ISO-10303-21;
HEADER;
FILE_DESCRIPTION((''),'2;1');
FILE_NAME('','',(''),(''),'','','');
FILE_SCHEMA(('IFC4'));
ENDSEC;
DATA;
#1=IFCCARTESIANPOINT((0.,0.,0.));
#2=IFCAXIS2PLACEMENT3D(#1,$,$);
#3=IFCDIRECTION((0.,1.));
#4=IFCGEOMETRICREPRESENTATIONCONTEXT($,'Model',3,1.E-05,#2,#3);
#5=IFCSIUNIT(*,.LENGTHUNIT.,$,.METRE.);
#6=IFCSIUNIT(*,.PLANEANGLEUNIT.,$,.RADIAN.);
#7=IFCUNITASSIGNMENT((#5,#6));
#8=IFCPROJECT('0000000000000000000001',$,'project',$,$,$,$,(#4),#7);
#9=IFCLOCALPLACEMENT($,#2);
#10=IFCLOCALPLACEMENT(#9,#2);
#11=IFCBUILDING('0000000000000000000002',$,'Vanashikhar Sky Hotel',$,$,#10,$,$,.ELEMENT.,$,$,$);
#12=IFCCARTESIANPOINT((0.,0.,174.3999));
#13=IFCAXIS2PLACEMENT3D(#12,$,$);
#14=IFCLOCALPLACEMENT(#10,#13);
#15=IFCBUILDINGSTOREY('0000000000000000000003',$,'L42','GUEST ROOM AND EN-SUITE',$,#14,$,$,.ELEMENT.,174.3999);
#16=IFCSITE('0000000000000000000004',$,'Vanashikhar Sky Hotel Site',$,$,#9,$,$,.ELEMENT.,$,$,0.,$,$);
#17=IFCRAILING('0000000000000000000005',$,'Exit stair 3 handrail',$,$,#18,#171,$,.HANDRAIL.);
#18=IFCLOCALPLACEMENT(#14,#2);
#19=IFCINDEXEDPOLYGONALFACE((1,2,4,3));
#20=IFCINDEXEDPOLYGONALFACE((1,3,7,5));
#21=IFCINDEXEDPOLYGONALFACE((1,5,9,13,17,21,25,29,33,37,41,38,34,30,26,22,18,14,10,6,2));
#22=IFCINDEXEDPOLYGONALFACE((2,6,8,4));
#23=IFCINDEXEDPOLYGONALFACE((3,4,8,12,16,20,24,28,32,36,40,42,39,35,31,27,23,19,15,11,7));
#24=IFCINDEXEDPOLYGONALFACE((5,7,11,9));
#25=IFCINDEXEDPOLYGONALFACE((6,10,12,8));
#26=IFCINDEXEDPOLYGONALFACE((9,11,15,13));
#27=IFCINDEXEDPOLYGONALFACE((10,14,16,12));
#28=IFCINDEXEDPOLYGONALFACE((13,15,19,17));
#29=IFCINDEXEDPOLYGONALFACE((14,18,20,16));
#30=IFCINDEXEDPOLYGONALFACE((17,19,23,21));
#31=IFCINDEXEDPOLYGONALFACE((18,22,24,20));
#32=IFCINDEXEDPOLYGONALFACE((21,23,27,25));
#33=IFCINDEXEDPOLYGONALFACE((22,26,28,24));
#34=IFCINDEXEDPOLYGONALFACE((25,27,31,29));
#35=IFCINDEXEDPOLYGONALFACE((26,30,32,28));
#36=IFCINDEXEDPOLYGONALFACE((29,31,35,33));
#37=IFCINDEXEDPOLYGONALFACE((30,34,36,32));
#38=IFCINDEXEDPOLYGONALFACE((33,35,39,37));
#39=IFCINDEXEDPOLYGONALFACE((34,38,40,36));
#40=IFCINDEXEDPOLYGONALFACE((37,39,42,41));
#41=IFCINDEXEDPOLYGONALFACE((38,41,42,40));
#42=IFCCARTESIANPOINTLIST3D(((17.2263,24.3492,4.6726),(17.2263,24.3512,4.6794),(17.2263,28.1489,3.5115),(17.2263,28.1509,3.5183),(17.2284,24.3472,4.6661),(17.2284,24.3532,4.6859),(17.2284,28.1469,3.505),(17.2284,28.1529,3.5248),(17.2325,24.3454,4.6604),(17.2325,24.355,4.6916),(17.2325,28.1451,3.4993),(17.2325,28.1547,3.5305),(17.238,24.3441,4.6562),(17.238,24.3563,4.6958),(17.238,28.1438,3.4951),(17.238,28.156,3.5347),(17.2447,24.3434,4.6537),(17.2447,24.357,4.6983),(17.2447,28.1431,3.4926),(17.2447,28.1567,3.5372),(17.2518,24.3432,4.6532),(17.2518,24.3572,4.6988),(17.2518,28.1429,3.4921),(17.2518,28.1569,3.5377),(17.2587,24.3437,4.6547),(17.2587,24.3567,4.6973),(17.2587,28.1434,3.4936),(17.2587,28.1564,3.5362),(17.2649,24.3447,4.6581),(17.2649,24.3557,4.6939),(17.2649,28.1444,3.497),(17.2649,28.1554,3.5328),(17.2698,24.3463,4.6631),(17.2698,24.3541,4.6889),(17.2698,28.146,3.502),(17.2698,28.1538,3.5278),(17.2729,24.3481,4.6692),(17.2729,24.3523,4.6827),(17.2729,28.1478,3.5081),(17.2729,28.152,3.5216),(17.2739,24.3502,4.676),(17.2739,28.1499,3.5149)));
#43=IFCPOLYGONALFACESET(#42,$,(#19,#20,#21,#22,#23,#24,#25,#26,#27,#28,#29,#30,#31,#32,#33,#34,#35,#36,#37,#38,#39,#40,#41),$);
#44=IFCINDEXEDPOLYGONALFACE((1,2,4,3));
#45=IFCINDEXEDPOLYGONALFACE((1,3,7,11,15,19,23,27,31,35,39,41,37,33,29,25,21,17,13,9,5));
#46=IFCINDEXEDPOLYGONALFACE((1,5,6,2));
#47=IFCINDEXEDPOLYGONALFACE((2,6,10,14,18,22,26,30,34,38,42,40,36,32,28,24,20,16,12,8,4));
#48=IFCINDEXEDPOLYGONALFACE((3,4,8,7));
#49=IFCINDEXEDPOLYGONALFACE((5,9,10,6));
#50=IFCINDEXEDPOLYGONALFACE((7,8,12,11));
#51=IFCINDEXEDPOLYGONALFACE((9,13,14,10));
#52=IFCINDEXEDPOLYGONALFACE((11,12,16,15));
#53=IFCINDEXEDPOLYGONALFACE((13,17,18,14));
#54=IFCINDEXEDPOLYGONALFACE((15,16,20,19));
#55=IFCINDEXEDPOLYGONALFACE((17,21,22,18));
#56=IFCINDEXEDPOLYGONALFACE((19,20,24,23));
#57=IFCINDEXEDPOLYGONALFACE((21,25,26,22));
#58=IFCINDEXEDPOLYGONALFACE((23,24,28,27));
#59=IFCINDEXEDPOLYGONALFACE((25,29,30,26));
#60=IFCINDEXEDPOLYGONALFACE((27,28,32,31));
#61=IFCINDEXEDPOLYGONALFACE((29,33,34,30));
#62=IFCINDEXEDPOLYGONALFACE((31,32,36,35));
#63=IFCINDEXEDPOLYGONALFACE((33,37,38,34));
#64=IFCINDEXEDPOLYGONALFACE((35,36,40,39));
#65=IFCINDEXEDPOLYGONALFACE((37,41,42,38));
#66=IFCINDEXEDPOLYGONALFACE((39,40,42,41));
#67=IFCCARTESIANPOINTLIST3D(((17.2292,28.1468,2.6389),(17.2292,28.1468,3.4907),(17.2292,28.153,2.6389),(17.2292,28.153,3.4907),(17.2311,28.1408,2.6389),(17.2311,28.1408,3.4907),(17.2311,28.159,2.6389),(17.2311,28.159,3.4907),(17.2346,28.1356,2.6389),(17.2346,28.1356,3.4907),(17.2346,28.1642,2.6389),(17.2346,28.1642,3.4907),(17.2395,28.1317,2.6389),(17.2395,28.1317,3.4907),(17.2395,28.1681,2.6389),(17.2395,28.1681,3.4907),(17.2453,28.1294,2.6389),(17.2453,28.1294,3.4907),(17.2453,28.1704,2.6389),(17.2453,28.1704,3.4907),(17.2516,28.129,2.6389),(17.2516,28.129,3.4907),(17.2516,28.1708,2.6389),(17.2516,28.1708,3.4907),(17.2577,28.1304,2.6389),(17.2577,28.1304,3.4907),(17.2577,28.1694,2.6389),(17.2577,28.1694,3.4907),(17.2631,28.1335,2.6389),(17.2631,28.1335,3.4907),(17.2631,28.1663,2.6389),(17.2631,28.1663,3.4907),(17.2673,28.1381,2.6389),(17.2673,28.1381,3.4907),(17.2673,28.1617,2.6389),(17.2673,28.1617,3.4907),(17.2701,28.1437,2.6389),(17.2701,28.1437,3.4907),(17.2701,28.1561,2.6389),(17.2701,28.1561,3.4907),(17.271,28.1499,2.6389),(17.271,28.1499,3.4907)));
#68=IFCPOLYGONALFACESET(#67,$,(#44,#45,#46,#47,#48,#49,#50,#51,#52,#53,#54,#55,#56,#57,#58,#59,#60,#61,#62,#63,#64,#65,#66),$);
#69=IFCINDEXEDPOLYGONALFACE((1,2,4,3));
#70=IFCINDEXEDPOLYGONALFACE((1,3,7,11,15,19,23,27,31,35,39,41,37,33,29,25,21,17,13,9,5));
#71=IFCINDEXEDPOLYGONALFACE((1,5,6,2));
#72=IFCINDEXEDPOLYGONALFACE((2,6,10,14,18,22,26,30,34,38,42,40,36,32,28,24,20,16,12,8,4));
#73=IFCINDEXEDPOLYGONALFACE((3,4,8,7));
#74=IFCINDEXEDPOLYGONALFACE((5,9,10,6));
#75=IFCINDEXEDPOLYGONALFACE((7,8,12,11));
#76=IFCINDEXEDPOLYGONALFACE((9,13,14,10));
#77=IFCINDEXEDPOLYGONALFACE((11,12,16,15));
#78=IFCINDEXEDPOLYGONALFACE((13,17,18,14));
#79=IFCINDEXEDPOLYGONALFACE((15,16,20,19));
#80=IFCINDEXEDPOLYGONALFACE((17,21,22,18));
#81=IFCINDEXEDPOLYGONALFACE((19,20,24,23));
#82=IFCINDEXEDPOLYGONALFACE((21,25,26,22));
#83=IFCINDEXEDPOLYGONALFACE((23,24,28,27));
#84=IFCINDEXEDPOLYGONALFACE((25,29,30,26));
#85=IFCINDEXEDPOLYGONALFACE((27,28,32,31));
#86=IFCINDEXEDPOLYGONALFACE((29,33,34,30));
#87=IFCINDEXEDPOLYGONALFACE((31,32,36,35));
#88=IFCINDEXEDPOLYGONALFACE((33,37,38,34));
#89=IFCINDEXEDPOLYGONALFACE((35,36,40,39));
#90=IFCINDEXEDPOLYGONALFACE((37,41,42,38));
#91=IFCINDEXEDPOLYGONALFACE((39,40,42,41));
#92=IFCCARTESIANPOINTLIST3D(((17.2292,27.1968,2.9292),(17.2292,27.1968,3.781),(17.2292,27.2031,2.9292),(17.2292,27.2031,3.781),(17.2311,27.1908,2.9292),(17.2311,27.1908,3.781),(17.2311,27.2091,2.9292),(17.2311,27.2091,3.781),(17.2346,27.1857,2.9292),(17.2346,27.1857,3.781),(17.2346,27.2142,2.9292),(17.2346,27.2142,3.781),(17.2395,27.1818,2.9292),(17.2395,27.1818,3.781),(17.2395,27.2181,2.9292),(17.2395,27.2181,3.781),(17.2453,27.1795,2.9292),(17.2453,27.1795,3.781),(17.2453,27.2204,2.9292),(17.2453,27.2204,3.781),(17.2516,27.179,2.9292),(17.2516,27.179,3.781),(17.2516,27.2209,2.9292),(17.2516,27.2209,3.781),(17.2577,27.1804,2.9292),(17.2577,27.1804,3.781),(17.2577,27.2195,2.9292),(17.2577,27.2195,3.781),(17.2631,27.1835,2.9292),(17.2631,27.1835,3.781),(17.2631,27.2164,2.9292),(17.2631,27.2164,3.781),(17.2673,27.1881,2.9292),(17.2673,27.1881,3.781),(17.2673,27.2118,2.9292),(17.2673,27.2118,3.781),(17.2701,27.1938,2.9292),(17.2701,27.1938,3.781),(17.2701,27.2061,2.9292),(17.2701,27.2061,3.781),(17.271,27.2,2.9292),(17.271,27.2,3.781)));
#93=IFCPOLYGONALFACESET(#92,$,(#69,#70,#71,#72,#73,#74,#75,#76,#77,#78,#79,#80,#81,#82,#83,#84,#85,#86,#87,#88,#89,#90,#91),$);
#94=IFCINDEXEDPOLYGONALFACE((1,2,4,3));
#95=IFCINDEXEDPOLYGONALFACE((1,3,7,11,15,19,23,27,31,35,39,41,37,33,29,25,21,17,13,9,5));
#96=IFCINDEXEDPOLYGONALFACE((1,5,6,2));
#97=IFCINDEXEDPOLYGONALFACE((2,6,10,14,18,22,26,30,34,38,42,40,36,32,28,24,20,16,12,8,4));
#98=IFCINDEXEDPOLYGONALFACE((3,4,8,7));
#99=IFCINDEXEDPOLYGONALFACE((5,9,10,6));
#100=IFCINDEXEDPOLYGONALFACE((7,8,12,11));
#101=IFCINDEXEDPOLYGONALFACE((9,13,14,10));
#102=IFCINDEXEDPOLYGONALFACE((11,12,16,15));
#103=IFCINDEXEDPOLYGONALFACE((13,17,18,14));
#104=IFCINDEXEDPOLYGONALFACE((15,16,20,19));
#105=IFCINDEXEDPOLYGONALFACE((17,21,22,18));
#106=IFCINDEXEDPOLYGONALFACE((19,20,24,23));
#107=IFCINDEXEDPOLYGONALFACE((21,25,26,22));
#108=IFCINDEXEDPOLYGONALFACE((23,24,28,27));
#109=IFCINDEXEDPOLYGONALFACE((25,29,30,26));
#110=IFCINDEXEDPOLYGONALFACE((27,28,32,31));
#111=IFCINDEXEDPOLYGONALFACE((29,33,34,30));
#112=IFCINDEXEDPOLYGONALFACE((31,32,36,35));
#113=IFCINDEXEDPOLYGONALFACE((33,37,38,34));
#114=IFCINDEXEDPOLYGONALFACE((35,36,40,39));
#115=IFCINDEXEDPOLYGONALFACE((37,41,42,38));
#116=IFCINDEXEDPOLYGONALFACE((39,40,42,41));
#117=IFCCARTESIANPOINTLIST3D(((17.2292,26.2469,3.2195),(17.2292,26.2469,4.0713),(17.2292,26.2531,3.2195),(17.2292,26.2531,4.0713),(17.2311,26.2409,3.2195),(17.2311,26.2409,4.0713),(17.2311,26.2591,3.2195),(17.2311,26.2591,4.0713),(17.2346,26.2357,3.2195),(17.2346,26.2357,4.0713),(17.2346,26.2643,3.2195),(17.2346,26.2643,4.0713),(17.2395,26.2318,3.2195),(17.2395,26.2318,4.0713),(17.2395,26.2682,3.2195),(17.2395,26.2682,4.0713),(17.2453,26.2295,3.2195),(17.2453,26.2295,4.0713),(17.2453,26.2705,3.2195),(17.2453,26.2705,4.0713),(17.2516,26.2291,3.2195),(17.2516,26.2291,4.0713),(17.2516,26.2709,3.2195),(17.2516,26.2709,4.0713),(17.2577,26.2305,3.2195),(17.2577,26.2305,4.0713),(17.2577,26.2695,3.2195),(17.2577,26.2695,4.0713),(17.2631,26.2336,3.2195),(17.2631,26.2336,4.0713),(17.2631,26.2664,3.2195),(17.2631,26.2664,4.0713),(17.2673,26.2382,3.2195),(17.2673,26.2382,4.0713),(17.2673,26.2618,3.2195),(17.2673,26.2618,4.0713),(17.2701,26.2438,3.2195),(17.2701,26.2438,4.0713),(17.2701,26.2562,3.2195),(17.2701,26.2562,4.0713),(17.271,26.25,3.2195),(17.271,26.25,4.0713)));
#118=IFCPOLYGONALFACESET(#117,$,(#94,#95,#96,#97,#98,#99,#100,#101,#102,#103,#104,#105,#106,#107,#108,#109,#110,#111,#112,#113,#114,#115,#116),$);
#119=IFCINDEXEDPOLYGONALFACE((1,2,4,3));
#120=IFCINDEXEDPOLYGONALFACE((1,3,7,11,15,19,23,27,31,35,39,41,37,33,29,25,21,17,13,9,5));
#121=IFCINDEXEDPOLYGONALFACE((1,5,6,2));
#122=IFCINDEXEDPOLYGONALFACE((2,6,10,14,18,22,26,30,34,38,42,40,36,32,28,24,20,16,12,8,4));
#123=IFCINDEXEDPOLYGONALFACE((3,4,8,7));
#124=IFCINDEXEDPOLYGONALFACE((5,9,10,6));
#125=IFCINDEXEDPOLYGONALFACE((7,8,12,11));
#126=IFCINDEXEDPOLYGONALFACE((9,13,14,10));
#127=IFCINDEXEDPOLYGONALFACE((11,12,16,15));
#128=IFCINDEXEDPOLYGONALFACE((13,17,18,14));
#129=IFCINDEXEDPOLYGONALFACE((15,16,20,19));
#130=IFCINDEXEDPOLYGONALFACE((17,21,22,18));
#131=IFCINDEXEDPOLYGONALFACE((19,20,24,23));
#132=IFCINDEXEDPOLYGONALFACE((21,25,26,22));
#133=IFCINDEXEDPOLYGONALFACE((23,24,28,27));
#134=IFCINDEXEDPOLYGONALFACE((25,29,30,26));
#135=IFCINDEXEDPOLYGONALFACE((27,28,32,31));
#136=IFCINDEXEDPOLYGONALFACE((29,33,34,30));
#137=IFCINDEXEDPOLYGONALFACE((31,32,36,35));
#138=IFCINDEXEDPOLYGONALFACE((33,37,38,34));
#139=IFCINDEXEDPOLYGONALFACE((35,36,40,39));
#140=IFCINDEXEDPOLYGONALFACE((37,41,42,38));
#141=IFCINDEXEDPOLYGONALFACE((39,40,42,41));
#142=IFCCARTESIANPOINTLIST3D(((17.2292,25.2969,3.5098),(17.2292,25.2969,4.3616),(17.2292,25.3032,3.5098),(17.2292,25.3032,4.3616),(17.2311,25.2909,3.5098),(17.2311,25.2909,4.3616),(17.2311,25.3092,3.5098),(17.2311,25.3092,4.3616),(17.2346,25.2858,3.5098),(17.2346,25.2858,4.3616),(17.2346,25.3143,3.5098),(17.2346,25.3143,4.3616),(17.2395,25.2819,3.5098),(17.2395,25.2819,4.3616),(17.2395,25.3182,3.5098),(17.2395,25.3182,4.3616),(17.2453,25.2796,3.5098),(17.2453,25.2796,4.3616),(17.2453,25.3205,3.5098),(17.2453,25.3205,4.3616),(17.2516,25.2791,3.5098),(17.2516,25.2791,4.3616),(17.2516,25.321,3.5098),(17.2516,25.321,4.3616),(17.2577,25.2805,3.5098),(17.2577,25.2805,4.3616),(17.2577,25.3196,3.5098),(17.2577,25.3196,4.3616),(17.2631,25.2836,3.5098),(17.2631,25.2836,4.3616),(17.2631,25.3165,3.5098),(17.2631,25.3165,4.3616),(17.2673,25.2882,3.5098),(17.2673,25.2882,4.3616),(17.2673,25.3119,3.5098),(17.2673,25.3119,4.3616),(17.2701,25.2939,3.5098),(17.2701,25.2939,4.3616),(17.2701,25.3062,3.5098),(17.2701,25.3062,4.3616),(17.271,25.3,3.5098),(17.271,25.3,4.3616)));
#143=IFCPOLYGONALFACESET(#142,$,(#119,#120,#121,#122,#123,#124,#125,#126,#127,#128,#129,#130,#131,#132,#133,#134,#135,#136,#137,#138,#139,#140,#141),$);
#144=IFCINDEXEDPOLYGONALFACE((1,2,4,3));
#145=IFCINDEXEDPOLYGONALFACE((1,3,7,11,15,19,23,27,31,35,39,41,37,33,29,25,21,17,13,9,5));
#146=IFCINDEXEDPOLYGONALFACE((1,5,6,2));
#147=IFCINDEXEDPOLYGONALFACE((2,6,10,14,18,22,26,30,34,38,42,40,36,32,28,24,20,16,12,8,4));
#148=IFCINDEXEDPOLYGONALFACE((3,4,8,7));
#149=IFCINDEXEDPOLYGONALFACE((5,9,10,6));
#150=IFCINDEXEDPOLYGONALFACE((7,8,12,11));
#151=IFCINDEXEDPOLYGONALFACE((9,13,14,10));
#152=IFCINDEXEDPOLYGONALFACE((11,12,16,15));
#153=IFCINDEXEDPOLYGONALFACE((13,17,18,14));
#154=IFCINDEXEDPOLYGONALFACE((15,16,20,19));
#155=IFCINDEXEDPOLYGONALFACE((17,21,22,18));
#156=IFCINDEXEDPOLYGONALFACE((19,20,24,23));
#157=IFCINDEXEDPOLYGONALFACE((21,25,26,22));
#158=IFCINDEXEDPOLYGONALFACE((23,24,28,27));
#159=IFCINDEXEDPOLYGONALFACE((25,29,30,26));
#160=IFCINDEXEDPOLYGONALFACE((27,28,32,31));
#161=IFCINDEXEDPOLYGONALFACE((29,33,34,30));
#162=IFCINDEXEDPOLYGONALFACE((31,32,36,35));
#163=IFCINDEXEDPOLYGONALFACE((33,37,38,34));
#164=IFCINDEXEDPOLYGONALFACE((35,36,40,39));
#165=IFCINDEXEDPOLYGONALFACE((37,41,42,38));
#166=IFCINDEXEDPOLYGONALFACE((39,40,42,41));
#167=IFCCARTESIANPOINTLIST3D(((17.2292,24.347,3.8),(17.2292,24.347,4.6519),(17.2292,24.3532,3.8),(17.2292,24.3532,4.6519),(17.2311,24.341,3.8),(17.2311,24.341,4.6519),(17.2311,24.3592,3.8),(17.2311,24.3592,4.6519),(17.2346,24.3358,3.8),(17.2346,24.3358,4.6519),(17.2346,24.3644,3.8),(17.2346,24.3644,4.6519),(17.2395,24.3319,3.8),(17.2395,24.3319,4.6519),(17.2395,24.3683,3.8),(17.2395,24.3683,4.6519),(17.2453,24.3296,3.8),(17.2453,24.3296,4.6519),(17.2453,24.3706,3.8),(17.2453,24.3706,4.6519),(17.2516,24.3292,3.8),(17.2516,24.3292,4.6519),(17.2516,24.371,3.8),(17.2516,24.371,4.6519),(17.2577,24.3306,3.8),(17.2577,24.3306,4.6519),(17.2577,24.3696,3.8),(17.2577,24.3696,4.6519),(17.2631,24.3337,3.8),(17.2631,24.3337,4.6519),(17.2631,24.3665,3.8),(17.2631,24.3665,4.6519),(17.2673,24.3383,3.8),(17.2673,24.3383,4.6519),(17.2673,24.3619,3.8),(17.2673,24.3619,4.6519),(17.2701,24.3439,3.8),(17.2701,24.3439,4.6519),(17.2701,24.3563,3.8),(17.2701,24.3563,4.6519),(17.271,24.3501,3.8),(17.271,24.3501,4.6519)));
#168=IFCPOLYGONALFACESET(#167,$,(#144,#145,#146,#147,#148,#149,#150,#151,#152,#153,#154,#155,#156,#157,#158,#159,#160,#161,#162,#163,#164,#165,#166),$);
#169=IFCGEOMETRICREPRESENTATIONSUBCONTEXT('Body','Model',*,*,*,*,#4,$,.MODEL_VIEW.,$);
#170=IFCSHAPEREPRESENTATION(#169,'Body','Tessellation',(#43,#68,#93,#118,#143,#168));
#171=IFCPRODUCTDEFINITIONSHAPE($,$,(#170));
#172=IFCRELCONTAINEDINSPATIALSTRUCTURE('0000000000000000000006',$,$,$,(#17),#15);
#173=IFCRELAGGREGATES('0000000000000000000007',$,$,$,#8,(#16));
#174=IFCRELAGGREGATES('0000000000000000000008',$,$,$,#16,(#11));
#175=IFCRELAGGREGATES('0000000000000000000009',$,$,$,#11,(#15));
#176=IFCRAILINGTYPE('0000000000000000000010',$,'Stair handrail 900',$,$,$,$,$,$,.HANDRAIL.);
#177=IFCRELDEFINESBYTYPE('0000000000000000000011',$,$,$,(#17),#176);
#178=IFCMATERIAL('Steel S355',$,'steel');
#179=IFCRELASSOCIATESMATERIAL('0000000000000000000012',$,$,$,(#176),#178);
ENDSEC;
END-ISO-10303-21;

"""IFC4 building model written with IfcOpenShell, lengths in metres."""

from ifc_helpers import new_model, si_unit, direction, frame, origin, origin_2d, place, context, subcontext, project, spatial, circle, extrude, source, transform, mapped, material, type_object, element, save


model = new_model("IFC4")

# Units and contexts
model_context = context("Model", 3, precision=1e-05, world=origin(), true_north=direction((0.0, 1.0)))
body_context = subcontext(model_context, "Body", "Model", "MODEL_VIEW")
ifc_project = project(units=[si_unit("LENGTHUNIT", "METRE"), si_unit("PLANEANGLEUNIT", "RADIAN")], contexts=[model_context])

# Site, building, storey
site_placement = place(None, origin())
site = spatial("IfcSite", under=ifc_project, at=site_placement, Name="Vanashikhar Sky Hotel Site", CompositionType="ELEMENT", RefElevation=0.0)
building_placement = place(site_placement, origin())
building = spatial("IfcBuilding", under=site, at=building_placement, Name="Vanashikhar Sky Hotel", CompositionType="ELEMENT")
storey_placement = place(building_placement, frame((0.0, 0.0, 174.3999)))
storey = spatial("IfcBuildingStorey", under=building, at=storey_placement, Name="L42", Description="GUEST ROOM AND EN-SUITE", CompositionType="ELEMENT", Elevation=174.3999)

# Railing
ifc_material_1 = material(Name="Steel S355", Category="steel")
railing_type_1 = type_object("IfcRailingType", Name="Stair handrail 900", PredefinedType="HANDRAIL", material=ifc_material_1)
shared_shape_1 = source(origin(), body_context, "Body", "SweptSolid", [
    extrude(circle(Radius=0.0239, at=origin_2d()), frame((0.0, 0.0, 0.876), z_axis=(0.0, -0.956346, 0.292237), x_axis=(1.0, 0.0, 0.0)), (0.0, 0.0, 1.0), 3.9731),
    extrude(circle(Radius=0.021, at=origin_2d()), origin(), (0.0, 0.0, 1.0), 0.8518),
    extrude(circle(Radius=0.021, at=origin_2d()), frame((0.0, -0.95, 0.2903)), (0.0, 0.0, 1.0), 0.8518),
    extrude(circle(Radius=0.021, at=origin_2d()), frame((0.0, -1.8999, 0.5806)), (0.0, 0.0, 1.0), 0.8518),
    extrude(circle(Radius=0.021, at=origin_2d()), frame((0.0, -2.8499, 0.8708)), (0.0, 0.0, 1.0), 0.8518),
    extrude(circle(Radius=0.021, at=origin_2d()), frame((0.0, -3.7998, 1.1611)), (0.0, 0.0, 1.0), 0.8518),
])
for number, where, name in (
    (1, (17.25, 28.1499, 2.6389), "Exit stair 3 handrail"),
):
    element("IfcRailing", number, at=place(storey_placement, frame(where)), inside=storey, type_object=railing_type_1, Name=name, PredefinedType="HANDRAIL", context=body_context, shape_type="MappedRepresentation", body=[
        mapped(shared_shape_1, transform((0.0, 0.0, 0.0), scale=1.0)),
    ])

save(model, "model.ifc")
